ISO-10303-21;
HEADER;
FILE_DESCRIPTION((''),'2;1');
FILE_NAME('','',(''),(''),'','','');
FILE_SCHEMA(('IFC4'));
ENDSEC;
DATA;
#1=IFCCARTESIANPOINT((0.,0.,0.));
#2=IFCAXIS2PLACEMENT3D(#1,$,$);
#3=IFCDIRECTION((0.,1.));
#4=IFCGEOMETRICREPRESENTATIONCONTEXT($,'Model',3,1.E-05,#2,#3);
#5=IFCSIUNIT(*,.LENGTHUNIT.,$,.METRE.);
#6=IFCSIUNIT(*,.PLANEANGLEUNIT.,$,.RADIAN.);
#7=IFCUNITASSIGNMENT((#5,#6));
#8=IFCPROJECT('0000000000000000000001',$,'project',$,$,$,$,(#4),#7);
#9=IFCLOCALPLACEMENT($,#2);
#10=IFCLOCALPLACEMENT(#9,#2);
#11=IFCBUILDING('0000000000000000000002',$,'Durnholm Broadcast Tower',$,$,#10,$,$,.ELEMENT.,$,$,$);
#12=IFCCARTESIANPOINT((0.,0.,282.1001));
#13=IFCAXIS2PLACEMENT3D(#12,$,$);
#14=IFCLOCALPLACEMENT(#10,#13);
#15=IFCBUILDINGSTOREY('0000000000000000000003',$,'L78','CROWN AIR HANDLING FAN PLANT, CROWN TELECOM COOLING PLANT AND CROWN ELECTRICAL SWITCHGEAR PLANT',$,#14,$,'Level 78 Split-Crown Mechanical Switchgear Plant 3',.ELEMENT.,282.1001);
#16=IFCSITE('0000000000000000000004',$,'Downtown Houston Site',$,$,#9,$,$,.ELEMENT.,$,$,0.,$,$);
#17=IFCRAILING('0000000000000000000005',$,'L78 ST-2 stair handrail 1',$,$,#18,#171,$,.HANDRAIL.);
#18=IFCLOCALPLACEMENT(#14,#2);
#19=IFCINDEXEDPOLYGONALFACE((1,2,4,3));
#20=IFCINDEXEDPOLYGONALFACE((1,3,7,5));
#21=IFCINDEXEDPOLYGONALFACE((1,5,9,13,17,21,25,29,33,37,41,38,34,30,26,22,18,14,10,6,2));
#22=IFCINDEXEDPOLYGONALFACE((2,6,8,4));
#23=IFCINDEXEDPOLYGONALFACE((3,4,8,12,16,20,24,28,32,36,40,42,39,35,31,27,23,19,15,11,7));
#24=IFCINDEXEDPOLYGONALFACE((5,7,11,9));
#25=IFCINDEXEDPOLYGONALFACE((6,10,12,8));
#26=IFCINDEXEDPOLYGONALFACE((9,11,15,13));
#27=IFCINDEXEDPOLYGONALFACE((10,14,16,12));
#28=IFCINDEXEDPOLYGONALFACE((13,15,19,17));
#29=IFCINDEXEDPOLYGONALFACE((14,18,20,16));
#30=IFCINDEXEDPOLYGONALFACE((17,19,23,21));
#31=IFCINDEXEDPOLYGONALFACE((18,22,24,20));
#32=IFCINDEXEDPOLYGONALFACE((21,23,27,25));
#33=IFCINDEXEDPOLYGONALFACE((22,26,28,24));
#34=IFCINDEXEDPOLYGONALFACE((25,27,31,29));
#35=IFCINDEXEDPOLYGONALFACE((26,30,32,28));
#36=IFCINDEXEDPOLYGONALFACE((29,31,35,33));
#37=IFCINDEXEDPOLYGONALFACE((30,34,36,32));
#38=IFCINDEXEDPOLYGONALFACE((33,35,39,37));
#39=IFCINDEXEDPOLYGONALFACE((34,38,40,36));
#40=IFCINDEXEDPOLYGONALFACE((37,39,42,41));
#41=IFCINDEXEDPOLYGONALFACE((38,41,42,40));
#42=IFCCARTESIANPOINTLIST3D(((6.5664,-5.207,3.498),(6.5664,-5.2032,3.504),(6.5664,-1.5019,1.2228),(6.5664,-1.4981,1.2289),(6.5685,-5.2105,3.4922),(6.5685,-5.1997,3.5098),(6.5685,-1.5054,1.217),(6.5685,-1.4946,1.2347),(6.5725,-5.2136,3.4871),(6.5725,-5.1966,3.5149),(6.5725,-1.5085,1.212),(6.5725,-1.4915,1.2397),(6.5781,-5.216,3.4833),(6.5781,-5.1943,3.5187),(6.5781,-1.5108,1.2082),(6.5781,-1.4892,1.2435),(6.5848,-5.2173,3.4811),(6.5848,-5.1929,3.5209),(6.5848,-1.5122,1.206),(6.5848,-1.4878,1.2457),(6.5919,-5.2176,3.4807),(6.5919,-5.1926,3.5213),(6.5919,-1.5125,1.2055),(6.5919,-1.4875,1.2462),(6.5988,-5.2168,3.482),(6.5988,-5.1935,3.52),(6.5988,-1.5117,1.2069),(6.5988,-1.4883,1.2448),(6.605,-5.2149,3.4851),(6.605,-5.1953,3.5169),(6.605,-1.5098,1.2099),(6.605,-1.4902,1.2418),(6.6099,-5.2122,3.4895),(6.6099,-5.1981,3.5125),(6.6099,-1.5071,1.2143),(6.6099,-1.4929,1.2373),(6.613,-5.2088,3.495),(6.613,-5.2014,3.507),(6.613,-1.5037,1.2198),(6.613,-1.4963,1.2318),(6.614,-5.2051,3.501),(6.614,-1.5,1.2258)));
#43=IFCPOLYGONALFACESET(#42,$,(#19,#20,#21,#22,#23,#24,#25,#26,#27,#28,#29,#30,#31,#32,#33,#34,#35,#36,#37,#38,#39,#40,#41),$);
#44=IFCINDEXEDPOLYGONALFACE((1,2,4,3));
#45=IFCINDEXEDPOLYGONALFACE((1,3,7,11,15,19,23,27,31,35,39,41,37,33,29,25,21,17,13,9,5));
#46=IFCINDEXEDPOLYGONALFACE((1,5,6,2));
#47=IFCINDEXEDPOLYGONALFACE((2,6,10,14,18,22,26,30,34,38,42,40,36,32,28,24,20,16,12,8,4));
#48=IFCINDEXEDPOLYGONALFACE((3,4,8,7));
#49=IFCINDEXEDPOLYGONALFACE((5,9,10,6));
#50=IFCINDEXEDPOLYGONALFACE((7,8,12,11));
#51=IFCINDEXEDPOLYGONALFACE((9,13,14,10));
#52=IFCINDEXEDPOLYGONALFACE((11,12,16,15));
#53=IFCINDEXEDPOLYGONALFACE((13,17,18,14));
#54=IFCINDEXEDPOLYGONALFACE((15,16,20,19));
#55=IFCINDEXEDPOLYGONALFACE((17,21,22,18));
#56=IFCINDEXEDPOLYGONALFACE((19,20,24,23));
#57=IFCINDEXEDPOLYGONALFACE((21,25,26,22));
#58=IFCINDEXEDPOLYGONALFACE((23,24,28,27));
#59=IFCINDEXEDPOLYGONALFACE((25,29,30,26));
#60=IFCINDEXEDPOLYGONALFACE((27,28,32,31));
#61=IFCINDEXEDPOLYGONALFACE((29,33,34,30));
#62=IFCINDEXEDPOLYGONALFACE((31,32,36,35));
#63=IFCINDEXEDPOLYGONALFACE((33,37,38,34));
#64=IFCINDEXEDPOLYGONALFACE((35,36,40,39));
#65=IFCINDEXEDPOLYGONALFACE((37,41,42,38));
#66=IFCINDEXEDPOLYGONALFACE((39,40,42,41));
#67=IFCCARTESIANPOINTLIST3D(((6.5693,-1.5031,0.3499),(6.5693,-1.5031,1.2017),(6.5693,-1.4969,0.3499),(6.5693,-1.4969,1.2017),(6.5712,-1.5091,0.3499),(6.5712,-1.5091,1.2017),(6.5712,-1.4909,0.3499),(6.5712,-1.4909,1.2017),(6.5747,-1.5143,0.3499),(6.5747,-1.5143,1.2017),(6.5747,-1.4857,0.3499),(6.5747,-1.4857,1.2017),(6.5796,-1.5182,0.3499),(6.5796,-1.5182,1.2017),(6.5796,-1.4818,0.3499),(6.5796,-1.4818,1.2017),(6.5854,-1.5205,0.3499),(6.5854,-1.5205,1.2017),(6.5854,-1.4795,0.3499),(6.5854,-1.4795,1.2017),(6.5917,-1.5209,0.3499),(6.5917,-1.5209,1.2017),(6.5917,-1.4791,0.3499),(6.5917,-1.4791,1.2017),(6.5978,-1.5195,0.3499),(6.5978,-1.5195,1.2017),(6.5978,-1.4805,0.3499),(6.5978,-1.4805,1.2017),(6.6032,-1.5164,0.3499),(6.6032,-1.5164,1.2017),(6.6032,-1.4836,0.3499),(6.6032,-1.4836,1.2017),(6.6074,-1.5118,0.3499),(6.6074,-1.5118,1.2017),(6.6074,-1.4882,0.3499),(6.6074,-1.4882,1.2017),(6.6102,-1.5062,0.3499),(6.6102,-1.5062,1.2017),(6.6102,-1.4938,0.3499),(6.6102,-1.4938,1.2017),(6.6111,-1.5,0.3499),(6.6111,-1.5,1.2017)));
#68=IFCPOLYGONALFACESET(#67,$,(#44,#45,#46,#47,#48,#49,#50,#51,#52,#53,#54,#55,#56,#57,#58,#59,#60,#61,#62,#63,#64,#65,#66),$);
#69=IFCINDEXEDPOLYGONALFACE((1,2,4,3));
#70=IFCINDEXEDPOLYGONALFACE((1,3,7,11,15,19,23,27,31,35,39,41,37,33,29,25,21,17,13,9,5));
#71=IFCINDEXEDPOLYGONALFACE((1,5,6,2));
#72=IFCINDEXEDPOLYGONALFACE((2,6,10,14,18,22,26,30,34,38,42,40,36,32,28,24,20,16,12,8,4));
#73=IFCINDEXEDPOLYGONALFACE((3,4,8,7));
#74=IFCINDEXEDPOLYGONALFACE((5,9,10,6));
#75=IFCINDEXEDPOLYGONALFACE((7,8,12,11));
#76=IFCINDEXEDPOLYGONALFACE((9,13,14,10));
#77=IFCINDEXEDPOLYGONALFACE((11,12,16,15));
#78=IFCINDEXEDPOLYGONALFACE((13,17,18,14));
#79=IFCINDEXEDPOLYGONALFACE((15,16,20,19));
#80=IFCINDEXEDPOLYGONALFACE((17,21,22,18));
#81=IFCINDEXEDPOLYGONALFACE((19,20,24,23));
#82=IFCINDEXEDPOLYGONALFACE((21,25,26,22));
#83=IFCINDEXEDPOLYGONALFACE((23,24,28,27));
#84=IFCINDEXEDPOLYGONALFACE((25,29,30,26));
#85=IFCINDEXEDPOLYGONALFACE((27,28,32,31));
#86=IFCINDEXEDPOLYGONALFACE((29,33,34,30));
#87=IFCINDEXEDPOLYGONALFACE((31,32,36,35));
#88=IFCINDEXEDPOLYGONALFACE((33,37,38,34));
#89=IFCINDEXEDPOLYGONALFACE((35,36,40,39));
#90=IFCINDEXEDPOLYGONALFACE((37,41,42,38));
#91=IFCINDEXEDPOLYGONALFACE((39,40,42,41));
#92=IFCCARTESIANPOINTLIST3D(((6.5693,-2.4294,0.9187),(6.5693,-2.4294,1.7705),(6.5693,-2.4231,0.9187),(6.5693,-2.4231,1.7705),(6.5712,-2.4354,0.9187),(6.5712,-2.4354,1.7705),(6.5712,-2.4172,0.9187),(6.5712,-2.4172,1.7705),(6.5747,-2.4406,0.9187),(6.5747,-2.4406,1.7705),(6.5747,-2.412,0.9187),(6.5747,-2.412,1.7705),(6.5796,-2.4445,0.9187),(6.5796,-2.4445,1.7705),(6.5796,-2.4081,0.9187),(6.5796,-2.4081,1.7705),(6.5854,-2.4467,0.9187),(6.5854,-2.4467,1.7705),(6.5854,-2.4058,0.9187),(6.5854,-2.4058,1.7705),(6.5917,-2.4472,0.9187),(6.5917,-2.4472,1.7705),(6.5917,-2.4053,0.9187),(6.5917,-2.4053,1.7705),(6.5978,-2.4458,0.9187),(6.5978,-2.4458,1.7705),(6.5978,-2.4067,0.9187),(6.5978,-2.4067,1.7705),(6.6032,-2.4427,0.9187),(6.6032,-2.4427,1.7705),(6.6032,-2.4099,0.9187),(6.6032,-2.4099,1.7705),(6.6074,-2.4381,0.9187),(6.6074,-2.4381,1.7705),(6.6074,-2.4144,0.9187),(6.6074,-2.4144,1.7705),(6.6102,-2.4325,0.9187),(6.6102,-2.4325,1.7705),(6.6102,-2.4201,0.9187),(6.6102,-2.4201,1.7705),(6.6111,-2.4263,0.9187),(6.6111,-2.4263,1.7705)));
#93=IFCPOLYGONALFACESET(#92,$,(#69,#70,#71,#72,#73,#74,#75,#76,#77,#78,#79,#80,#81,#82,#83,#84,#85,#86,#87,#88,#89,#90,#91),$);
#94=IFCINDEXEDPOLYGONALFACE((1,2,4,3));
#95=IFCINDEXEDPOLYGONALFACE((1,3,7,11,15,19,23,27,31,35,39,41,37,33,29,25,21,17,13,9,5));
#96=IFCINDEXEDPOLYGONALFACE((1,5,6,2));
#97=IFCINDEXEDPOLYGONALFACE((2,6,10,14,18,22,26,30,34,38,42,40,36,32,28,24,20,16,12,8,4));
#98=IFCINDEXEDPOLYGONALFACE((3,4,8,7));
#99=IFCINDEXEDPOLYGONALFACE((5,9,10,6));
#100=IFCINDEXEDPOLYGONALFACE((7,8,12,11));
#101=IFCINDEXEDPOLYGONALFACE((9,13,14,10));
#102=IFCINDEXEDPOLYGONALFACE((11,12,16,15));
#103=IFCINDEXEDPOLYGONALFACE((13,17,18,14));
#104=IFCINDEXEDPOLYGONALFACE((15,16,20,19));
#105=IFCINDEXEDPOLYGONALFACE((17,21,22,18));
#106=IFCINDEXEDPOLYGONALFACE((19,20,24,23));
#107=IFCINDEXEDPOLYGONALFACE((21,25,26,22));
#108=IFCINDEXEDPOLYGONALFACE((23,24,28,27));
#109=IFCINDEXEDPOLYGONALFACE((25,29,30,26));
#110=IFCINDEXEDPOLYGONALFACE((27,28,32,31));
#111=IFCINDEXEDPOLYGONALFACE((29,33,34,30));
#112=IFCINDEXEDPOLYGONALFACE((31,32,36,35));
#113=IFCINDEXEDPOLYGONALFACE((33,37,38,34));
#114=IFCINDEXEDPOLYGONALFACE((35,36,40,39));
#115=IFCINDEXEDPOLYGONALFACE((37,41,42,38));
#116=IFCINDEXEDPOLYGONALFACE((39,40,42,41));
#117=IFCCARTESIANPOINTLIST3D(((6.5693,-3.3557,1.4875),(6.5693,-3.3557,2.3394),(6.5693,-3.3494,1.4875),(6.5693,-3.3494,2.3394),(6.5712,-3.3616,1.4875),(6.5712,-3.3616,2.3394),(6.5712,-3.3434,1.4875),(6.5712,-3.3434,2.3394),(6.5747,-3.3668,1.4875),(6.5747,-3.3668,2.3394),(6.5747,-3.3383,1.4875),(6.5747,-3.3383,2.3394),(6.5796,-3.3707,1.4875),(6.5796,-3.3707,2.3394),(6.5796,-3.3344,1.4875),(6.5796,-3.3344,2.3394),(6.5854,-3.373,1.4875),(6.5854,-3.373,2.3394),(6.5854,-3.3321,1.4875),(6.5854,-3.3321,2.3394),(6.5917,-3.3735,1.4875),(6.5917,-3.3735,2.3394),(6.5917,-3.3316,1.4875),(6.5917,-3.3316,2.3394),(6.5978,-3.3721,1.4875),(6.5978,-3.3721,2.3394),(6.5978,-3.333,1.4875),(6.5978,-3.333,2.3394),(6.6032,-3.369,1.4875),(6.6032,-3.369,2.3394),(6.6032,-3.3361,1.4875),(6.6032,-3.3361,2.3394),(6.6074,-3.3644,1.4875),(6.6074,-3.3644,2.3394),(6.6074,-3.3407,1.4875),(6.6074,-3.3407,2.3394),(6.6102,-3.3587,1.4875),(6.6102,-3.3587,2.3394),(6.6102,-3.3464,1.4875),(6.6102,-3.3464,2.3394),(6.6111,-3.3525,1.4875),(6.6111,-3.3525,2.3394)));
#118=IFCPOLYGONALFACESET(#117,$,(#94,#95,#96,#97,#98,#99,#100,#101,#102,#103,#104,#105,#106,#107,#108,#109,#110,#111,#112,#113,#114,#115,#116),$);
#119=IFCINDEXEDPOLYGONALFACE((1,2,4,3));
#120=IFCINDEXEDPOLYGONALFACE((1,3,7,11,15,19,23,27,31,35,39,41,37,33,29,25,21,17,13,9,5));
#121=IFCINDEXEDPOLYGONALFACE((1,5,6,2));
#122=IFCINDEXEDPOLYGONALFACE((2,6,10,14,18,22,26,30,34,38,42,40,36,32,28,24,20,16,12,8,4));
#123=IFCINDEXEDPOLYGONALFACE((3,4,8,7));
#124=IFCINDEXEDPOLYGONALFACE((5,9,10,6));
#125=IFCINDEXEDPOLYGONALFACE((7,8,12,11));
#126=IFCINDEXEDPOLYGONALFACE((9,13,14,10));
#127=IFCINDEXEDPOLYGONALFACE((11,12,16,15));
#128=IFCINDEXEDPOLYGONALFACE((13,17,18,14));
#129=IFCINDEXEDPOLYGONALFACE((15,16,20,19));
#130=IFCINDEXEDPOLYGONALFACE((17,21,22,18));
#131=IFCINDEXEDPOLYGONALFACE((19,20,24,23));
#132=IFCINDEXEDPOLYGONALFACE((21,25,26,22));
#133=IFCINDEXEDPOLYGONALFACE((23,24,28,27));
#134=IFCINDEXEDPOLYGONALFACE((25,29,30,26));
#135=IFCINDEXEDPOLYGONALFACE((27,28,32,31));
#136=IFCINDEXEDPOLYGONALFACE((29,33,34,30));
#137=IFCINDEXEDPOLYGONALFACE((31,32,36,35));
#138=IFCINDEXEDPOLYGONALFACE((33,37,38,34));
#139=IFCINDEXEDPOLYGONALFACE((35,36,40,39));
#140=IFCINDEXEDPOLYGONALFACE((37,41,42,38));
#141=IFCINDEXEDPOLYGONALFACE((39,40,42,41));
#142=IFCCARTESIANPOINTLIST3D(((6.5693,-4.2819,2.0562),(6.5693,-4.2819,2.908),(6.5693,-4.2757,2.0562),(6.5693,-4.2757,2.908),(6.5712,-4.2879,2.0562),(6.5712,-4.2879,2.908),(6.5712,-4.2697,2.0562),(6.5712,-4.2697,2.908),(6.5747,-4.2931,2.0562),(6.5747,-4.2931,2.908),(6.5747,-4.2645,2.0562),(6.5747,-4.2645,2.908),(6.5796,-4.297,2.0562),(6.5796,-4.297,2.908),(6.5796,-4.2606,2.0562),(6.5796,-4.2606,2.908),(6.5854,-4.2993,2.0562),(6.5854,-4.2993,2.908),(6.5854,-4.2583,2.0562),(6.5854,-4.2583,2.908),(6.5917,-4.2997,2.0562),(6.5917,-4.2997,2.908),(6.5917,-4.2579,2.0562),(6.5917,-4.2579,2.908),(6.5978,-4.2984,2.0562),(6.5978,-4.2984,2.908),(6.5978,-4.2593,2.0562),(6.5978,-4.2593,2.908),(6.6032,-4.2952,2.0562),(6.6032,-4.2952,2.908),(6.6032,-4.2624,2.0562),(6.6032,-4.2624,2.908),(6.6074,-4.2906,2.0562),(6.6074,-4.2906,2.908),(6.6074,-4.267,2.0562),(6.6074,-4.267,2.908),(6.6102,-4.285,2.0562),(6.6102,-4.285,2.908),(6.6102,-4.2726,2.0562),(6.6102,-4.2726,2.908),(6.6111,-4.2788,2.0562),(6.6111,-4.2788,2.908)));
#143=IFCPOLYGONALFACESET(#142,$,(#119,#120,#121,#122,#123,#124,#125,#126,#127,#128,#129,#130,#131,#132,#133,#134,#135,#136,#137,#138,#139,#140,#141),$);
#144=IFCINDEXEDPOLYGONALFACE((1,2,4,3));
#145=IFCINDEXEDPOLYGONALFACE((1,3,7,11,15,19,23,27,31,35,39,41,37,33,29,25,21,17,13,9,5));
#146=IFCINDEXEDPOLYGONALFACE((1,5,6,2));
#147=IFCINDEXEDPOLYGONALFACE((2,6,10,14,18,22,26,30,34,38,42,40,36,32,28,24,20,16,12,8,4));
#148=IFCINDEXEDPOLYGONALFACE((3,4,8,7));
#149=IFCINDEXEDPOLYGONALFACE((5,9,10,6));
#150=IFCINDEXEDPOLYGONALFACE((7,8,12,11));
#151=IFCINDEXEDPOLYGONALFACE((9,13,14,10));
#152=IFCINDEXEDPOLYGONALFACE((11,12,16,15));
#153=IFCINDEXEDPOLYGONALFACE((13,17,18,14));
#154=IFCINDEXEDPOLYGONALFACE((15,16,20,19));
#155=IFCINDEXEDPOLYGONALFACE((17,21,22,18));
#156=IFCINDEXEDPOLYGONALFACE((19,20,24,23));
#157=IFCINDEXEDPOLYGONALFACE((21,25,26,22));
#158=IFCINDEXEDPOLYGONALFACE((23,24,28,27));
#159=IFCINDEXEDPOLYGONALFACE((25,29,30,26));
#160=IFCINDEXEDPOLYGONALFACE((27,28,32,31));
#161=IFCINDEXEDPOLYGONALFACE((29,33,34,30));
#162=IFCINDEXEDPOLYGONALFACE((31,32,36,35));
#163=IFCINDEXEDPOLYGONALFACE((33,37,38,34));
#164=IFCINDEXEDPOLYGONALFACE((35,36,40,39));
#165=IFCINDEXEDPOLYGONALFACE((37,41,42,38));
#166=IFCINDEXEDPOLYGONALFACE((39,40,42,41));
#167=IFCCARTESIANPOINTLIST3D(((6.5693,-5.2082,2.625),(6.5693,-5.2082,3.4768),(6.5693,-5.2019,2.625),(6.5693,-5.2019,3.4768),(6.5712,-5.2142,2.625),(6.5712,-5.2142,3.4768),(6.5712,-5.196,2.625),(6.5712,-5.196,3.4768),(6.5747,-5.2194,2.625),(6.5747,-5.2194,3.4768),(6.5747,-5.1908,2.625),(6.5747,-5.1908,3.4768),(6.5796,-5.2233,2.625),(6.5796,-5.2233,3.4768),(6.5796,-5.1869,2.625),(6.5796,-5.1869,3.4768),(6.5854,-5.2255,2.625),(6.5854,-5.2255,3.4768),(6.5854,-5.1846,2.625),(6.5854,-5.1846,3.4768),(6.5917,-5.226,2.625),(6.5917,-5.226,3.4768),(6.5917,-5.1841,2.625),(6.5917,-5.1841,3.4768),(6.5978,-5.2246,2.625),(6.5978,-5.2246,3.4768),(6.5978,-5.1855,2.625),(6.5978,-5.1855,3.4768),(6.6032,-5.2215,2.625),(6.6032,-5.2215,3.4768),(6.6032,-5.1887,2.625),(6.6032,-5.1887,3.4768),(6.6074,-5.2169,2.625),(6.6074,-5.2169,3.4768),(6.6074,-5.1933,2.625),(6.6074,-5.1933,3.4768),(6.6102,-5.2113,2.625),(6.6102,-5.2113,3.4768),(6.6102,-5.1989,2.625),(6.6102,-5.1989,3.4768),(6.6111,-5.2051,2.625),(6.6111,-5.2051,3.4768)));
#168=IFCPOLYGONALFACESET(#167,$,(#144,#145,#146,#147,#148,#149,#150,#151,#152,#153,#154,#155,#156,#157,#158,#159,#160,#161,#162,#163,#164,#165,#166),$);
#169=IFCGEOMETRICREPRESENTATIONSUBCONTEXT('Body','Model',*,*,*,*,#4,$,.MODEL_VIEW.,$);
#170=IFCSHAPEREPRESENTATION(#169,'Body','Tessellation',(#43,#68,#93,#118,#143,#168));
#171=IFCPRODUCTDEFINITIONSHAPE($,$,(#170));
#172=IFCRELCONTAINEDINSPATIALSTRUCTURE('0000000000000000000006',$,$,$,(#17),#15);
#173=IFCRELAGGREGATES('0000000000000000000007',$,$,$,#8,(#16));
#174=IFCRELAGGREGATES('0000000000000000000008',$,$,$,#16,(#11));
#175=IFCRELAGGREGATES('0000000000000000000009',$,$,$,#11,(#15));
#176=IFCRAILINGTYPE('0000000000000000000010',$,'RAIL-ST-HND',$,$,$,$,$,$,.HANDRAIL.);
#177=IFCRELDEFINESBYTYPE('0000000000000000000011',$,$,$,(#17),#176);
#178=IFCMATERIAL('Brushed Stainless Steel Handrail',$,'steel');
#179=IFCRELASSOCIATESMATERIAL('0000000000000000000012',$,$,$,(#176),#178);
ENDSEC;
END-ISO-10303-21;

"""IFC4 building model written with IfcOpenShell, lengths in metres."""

from ifc_helpers import new_model, si_unit, direction, frame, origin, origin_2d, place, context, subcontext, project, spatial, circle, extrude, material, type_object, element, save


model = new_model("IFC4")

# Units and contexts
model_context = context("Model", 3, precision=1e-05, world=origin(), true_north=direction((0.0, 1.0)))
body_context = subcontext(model_context, "Body", "Model", "MODEL_VIEW")
ifc_project = project(units=[si_unit("LENGTHUNIT", "METRE"), si_unit("PLANEANGLEUNIT", "RADIAN")], contexts=[model_context])

# Site, building, storey
site_placement = place(None, origin())
site = spatial("IfcSite", under=ifc_project, at=site_placement, Name="Downtown Houston Site", CompositionType="ELEMENT", RefElevation=0.0)
building_placement = place(site_placement, origin())
building = spatial("IfcBuilding", under=site, at=building_placement, Name="Durnholm Broadcast Tower", CompositionType="ELEMENT")
storey_placement = place(building_placement, frame((0.0, 0.0, 282.1001)))
storey = spatial("IfcBuildingStorey", under=building, at=storey_placement, Name="L78", Description="CROWN AIR HANDLING FAN PLANT, CROWN TELECOM COOLING PLANT AND CROWN ELECTRICAL SWITCHGEAR PLANT", LongName="Level 78 Split-Crown Mechanical Switchgear Plant 3", CompositionType="ELEMENT", Elevation=282.1001)

# Railing
ifc_material_1 = material(Name="Brushed Stainless Steel Handrail", Category="steel")
railing_type_1 = type_object("IfcRailingType", Name="RAIL-ST-HND", PredefinedType="HANDRAIL", material=ifc_material_1)
railing_1_placement = place(storey_placement, frame((6.5901, -1.5, 0.3499)))
element("IfcRailing", 1, at=railing_1_placement, inside=storey, type_object=railing_type_1, Name="L78 ST-2 stair handrail 1", PredefinedType="HANDRAIL", context=body_context, shape_type="SweptSolid", body=[
    extrude(circle(Radius=0.0239, at=origin_2d()), frame((0.0, 0.0, 0.876), z_axis=(0.0, -0.852161, 0.523279), x_axis=(1.0, 0.0, 0.0)), (0.0, 0.0, 1.0), 4.3479),
    extrude(circle(Radius=0.021, at=origin_2d()), origin(), (0.0, 0.0, 1.0), 0.8518),
    extrude(circle(Radius=0.021, at=origin_2d()), frame((0.0, -0.9263, 0.5688)), (0.0, 0.0, 1.0), 0.8518),
    extrude(circle(Radius=0.021, at=origin_2d()), frame((0.0, -1.8525, 1.1377)), (0.0, 0.0, 1.0), 0.8518),
    extrude(circle(Radius=0.021, at=origin_2d()), frame((0.0, -2.7788, 1.7063)), (0.0, 0.0, 1.0), 0.8518),
    extrude(circle(Radius=0.021, at=origin_2d()), frame((0.0, -3.7051, 2.2751)), (0.0, 0.0, 1.0), 0.8518),
])

save(model, "model.ifc")
